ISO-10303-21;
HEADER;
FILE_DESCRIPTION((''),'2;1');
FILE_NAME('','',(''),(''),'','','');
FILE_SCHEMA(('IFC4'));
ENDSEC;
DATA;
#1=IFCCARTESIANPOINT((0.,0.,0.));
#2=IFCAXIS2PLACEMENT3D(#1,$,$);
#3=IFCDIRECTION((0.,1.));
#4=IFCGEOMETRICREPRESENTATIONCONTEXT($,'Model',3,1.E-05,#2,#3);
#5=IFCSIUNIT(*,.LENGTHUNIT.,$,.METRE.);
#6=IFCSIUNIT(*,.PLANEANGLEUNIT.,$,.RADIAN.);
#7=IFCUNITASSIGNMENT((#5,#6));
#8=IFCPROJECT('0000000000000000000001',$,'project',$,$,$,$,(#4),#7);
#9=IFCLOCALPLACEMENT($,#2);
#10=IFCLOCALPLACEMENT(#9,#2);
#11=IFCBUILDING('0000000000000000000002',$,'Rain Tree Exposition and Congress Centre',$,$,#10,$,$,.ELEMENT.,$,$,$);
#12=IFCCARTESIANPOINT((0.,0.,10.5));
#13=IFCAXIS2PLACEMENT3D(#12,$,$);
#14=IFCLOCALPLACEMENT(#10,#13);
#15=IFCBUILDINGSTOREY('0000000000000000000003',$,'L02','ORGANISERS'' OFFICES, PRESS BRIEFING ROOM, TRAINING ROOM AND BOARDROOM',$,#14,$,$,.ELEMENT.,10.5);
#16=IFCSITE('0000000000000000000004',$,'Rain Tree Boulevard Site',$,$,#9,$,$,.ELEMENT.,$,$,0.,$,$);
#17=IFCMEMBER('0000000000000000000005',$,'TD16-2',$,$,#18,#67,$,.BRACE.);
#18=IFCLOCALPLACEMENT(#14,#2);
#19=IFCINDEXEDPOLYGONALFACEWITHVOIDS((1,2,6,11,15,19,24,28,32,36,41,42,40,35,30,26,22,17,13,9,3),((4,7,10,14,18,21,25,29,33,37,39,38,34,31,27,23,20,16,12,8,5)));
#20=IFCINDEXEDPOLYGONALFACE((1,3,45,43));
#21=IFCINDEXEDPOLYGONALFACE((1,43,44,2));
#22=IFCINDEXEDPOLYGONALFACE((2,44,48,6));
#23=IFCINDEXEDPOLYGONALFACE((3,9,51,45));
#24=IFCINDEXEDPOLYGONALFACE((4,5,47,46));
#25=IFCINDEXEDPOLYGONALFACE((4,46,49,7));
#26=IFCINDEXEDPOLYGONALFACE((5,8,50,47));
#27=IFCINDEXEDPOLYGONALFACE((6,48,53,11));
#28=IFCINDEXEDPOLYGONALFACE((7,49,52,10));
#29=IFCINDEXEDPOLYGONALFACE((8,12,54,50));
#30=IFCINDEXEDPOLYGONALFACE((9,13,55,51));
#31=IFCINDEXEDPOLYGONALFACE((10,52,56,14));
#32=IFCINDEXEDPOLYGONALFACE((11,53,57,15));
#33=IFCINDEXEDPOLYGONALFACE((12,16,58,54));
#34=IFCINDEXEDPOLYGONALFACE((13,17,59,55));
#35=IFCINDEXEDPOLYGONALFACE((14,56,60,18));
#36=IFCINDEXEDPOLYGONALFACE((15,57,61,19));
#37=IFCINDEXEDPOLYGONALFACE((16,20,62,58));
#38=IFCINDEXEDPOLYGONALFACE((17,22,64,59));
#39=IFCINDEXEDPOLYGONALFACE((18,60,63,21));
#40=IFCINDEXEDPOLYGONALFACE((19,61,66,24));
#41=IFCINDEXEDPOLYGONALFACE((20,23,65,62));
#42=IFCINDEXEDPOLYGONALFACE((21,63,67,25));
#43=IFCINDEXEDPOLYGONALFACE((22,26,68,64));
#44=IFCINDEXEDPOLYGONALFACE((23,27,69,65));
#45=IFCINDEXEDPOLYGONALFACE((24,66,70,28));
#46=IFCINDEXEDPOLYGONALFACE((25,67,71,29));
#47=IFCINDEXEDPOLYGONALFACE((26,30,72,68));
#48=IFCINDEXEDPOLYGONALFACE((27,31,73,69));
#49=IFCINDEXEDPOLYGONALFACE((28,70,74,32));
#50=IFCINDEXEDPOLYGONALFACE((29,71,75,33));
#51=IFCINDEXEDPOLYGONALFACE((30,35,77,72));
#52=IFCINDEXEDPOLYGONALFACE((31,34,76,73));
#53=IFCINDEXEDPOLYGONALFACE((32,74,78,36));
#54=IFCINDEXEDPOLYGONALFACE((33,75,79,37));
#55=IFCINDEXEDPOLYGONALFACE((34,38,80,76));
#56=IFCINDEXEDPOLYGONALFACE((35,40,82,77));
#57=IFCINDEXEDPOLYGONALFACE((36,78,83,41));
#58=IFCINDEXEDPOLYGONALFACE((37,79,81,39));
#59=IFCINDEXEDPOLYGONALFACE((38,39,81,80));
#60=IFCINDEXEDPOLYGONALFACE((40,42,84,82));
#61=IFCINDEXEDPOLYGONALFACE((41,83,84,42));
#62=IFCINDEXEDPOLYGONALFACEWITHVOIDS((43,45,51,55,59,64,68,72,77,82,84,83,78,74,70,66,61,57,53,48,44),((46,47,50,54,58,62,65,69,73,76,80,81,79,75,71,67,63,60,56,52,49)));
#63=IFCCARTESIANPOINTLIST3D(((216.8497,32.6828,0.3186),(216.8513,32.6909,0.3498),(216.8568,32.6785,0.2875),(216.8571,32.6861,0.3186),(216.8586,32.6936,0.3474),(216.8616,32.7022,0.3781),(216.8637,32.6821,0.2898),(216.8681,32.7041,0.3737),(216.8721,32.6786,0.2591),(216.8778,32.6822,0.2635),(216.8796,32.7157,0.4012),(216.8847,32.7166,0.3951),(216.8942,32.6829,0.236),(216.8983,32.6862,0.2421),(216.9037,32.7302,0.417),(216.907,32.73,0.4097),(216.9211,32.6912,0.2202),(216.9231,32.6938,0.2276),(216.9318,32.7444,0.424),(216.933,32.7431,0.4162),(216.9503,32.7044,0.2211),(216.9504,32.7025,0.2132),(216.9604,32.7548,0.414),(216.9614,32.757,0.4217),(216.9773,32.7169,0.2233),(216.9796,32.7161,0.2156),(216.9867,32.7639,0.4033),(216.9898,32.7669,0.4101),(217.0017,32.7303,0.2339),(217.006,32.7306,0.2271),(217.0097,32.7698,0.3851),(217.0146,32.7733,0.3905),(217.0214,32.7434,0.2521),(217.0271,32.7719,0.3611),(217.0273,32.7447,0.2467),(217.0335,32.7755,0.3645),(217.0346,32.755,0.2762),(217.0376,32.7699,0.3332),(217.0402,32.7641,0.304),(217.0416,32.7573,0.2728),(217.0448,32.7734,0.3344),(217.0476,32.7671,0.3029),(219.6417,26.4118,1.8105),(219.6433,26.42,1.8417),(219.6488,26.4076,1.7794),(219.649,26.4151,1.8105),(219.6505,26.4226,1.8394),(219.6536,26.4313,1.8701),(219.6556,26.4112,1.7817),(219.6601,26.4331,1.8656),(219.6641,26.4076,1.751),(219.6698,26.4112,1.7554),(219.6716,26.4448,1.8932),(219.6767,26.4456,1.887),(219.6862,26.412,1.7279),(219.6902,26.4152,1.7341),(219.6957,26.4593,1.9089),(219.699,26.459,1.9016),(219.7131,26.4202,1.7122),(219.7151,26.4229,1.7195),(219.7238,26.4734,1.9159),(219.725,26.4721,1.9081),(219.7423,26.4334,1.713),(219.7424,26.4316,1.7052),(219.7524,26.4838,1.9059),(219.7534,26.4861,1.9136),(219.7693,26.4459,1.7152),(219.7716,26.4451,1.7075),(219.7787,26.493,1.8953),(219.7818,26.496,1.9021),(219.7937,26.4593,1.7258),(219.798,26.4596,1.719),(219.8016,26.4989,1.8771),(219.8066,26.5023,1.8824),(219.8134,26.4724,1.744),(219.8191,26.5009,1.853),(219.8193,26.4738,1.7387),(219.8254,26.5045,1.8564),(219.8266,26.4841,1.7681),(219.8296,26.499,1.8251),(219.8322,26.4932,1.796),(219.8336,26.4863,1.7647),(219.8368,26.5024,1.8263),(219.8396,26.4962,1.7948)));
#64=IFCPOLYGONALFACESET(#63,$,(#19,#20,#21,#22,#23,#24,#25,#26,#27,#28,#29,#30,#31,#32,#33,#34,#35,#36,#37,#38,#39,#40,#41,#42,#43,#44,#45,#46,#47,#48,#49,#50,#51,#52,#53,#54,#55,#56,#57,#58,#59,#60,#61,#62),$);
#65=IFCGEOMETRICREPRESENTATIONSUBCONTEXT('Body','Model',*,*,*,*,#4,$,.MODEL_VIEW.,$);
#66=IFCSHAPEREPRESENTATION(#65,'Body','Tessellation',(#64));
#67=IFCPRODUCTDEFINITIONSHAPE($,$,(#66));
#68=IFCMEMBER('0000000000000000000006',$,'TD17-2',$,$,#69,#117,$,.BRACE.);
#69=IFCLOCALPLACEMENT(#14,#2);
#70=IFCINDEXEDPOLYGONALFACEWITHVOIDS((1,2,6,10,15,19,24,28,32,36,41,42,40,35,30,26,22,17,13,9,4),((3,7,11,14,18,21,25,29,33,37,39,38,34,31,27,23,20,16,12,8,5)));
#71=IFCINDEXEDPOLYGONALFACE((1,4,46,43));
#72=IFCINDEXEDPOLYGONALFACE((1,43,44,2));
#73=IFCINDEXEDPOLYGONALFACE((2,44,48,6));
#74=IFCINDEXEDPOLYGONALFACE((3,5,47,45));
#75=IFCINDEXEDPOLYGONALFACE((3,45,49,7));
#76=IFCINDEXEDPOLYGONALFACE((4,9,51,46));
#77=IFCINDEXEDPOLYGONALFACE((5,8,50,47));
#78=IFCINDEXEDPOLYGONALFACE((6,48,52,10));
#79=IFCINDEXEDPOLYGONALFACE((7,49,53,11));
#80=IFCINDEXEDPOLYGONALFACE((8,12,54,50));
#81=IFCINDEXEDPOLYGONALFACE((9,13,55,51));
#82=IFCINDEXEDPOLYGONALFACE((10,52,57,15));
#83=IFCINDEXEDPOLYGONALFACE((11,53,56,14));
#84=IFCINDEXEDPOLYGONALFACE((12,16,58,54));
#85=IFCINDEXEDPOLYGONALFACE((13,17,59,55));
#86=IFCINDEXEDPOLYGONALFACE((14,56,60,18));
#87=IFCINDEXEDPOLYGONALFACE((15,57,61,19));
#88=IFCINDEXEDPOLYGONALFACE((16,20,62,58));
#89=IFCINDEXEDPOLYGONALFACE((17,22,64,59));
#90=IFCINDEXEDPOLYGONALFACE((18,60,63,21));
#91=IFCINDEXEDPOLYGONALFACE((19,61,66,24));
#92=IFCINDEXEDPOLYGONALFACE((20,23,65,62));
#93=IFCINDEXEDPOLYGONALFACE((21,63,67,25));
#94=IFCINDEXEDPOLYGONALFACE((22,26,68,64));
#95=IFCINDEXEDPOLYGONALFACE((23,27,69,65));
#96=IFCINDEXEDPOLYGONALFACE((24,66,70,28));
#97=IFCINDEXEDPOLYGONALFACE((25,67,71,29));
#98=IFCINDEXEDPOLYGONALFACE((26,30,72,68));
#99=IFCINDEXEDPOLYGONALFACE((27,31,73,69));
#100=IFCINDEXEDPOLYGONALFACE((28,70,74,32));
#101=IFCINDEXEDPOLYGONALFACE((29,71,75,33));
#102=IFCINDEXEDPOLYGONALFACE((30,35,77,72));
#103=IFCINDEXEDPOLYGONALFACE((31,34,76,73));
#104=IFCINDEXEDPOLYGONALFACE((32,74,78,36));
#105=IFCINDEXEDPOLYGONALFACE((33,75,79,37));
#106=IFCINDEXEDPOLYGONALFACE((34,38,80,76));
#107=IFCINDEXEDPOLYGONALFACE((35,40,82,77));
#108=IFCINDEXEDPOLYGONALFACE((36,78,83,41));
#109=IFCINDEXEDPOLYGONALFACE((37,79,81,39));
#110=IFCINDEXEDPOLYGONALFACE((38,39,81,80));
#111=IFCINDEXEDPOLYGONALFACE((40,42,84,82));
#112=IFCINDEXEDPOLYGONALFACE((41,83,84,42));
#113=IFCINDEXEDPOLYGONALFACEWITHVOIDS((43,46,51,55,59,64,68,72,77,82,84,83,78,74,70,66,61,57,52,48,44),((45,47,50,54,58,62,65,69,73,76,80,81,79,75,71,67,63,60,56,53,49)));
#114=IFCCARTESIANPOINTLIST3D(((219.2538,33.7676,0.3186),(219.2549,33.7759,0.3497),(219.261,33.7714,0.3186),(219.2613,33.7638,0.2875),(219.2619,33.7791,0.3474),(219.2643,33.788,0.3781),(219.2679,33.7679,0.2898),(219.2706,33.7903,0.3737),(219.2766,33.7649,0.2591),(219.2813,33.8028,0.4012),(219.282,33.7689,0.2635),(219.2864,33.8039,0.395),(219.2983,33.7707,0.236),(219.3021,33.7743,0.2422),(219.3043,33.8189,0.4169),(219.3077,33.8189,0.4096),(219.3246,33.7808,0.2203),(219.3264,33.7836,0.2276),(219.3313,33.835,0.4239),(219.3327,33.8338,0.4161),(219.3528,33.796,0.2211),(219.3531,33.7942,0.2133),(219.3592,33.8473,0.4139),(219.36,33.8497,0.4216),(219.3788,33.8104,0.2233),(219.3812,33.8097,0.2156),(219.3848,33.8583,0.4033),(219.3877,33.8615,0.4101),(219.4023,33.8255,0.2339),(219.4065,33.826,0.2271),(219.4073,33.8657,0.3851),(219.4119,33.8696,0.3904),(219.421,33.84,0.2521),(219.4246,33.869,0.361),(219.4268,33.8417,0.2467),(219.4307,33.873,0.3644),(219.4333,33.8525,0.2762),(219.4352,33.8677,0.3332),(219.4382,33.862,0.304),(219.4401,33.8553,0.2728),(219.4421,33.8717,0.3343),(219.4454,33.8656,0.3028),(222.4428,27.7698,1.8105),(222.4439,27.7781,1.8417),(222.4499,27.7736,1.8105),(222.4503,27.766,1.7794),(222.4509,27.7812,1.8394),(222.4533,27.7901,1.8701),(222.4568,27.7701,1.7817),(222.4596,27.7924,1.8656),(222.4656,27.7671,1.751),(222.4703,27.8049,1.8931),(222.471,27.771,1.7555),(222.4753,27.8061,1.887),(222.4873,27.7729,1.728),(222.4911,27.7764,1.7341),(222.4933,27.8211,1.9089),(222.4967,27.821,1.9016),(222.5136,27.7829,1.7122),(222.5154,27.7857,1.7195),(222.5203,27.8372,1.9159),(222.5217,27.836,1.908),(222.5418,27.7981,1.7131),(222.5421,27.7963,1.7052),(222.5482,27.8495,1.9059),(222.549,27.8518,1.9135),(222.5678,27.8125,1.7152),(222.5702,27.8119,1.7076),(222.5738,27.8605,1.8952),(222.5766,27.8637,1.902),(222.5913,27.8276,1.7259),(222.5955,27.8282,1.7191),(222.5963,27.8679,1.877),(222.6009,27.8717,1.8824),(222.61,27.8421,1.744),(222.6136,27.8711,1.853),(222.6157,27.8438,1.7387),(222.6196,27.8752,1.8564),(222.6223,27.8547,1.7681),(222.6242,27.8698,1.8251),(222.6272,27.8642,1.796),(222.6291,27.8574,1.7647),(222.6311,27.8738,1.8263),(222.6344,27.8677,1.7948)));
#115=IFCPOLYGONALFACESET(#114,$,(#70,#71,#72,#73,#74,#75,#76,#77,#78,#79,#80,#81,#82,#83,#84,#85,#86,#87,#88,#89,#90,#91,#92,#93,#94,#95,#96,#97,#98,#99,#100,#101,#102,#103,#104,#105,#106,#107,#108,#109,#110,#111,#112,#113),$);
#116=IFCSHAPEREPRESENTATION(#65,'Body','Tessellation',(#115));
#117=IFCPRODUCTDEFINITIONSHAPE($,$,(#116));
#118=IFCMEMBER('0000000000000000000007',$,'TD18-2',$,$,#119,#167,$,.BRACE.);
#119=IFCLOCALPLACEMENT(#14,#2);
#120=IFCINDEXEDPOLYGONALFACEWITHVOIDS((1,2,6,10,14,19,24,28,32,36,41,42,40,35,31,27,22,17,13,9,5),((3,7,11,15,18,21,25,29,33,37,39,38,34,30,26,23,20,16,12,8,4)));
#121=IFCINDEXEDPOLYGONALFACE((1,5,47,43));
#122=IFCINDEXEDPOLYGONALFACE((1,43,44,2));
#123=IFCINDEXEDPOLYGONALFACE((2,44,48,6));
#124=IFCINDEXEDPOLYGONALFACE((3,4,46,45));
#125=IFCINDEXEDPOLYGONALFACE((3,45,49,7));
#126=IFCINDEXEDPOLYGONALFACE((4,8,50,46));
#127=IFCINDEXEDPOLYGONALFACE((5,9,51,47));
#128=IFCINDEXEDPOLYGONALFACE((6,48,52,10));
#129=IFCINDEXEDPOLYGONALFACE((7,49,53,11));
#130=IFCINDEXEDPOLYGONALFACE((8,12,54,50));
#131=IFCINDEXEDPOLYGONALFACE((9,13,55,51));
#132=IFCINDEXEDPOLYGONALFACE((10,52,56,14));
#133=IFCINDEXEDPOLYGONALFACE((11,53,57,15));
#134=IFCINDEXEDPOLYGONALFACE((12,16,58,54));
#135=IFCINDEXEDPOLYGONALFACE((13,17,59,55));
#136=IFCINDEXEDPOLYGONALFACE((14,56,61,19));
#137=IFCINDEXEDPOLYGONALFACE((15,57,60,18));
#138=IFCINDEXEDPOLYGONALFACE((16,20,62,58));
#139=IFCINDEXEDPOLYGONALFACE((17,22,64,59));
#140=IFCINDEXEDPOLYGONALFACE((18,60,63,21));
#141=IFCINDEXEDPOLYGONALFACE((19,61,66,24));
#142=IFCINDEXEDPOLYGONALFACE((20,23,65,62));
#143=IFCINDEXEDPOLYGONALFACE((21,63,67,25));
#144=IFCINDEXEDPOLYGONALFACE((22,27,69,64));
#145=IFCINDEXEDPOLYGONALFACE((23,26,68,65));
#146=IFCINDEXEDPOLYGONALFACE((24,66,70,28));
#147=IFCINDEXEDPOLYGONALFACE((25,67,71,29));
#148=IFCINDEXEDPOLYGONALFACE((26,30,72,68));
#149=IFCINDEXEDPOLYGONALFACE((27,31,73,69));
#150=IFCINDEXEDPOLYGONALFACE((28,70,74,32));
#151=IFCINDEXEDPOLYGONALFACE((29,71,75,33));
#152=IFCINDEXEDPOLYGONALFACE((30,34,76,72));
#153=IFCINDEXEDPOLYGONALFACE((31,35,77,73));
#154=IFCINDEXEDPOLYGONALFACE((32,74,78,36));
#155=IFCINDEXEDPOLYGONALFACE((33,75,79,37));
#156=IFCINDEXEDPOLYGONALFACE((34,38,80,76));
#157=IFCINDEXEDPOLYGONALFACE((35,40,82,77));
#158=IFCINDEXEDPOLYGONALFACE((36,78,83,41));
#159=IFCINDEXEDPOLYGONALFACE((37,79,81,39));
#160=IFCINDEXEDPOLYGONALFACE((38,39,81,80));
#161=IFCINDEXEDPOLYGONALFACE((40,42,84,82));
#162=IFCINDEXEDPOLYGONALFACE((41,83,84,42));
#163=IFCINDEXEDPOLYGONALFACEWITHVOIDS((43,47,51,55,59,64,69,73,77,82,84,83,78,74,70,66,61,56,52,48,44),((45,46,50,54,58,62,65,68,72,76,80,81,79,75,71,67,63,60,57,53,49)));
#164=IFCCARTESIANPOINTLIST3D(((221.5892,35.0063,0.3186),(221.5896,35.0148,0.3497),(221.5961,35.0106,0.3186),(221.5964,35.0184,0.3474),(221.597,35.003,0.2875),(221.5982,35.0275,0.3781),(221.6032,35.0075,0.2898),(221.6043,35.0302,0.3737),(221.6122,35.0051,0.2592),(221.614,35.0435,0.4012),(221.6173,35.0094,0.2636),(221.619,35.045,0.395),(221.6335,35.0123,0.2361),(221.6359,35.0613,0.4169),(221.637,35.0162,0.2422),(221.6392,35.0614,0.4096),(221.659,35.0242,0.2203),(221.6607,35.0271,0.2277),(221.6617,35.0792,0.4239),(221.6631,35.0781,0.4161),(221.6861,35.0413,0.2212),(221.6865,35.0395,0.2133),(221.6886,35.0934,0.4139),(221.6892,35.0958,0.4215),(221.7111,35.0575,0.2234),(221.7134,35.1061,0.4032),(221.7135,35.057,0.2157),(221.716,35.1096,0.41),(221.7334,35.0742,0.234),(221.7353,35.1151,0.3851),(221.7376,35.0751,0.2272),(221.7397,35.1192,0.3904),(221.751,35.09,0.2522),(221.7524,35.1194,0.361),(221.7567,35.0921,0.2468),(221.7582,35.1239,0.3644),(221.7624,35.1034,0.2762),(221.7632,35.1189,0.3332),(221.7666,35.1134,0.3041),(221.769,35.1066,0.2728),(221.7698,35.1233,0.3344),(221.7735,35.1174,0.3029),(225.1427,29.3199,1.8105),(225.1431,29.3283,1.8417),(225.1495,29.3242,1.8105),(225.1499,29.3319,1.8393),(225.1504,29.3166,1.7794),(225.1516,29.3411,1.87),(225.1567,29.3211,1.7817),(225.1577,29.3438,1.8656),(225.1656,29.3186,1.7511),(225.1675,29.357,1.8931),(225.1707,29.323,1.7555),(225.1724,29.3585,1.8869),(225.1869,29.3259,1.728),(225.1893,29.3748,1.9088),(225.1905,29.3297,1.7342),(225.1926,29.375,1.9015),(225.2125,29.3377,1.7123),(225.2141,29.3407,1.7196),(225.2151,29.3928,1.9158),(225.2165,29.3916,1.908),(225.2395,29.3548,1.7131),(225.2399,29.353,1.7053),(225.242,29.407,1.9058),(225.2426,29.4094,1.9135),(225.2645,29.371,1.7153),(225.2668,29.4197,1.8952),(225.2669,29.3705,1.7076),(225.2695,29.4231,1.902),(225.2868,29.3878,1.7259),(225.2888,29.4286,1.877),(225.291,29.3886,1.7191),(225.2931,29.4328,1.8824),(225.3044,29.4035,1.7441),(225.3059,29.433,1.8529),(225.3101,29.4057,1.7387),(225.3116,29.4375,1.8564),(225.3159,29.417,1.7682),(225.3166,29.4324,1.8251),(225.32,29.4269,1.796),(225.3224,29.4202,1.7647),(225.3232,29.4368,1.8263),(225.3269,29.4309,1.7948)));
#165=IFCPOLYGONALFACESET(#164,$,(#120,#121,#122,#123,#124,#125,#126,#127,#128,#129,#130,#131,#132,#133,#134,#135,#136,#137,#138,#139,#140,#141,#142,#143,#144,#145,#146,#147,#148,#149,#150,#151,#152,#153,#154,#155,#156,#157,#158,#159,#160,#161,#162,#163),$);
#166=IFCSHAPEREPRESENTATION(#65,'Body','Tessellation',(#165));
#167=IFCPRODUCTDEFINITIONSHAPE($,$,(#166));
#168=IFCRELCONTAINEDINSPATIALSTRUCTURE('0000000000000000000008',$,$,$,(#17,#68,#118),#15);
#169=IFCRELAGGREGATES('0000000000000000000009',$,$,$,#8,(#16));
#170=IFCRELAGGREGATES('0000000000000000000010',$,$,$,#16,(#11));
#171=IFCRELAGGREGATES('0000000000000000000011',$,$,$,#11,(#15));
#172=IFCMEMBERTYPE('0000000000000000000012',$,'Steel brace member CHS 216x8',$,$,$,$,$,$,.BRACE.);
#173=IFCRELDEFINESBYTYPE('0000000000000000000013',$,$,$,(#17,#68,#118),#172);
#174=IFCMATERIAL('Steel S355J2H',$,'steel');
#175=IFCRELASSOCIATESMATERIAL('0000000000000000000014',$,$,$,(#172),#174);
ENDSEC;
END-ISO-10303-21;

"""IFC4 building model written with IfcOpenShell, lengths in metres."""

from ifc_helpers import new_model, si_unit, direction, frame, origin, origin_2d, place, context, subcontext, project, spatial, hollow_circle, extrude, material, material_profile, profile_set, type_object, element, save


model = new_model("IFC4")

# Units and contexts
model_context = context("Model", 3, precision=1e-05, world=origin(), true_north=direction((0.0, 1.0)))
body_context = subcontext(model_context, "Body", "Model", "MODEL_VIEW")
ifc_project = project(units=[si_unit("LENGTHUNIT", "METRE"), si_unit("PLANEANGLEUNIT", "RADIAN")], contexts=[model_context])

# Site, building, storey
site_placement = place(None, origin())
site = spatial("IfcSite", under=ifc_project, at=site_placement, Name="Rain Tree Boulevard Site", CompositionType="ELEMENT", RefElevation=0.0)
building_placement = place(site_placement, origin())
building = spatial("IfcBuilding", under=site, at=building_placement, Name="Rain Tree Exposition and Congress Centre", CompositionType="ELEMENT")
storey_placement = place(building_placement, frame((0.0, 0.0, 10.5)))
storey = spatial("IfcBuildingStorey", under=building, at=storey_placement, Name="L02", Description="ORGANISERS' OFFICES, PRESS BRIEFING ROOM, TRAINING ROOM AND BOARDROOM", CompositionType="ELEMENT", Elevation=10.5)

# Members
ifc_material_1 = material(Name="Steel S355J2H", Category="steel")
ifc_material_profile_1 = material_profile(ifc_material_1, hollow_circle(Radius=0.1082, WallThickness=0.0081, at=origin_2d()), Name="CHS 216x8")
ifc_profile_set_1 = profile_set([ifc_material_profile_1], Name="Steel S355J2H")
member_type_1 = type_object("IfcMemberType", Name="Steel brace member CHS 216x8", PredefinedType="BRACE", material=ifc_profile_set_1)
member_1_placement = place(storey_placement, frame((219.7405, 26.4558, 1.8105), z_axis=(-0.397453, 0.892706, -0.212385), x_axis=(-0.913547, -0.406732, 0.0)))
element("IfcMember", 1, at=member_1_placement, inside=storey, type_object=member_type_1, Name="TD16-2", PredefinedType="BRACE", context=body_context, shape_type="SweptSolid", body=[
    extrude(hollow_circle(Radius=0.1082, WallThickness=0.0081, at=origin_2d()), origin(), (0.0, 0.0, 1.0), 7.0247),
])
member_2_placement = place(storey_placement, frame((222.5383, 27.8206, 1.8105), z_axis=(-0.458528, 0.862399, -0.21452), x_axis=(-0.882955, -0.469457, 0.0)))
element("IfcMember", 2, at=member_2_placement, inside=storey, type_object=member_type_1, Name="TD17-2", PredefinedType="BRACE", context=body_context, shape_type="SweptSolid", body=[
    extrude(hollow_circle(Radius=0.1082, WallThickness=0.0081, at=origin_2d()), origin(), (0.0, 0.0, 1.0), 6.9548),
])
member_3_placement = place(storey_placement, frame((225.2344, 29.3772, 1.8105), z_axis=(-0.517284, 0.827797, -0.217185), x_axis=(-0.848039, -0.529933, 0.0)))
element("IfcMember", 3, at=member_3_placement, inside=storey, type_object=member_type_1, Name="TD18-2", PredefinedType="BRACE", context=body_context, shape_type="SweptSolid", body=[
    extrude(hollow_circle(Radius=0.1082, WallThickness=0.0081, at=origin_2d()), origin(), (0.0, 0.0, 1.0), 6.8694),
])

save(model, "model.ifc")
